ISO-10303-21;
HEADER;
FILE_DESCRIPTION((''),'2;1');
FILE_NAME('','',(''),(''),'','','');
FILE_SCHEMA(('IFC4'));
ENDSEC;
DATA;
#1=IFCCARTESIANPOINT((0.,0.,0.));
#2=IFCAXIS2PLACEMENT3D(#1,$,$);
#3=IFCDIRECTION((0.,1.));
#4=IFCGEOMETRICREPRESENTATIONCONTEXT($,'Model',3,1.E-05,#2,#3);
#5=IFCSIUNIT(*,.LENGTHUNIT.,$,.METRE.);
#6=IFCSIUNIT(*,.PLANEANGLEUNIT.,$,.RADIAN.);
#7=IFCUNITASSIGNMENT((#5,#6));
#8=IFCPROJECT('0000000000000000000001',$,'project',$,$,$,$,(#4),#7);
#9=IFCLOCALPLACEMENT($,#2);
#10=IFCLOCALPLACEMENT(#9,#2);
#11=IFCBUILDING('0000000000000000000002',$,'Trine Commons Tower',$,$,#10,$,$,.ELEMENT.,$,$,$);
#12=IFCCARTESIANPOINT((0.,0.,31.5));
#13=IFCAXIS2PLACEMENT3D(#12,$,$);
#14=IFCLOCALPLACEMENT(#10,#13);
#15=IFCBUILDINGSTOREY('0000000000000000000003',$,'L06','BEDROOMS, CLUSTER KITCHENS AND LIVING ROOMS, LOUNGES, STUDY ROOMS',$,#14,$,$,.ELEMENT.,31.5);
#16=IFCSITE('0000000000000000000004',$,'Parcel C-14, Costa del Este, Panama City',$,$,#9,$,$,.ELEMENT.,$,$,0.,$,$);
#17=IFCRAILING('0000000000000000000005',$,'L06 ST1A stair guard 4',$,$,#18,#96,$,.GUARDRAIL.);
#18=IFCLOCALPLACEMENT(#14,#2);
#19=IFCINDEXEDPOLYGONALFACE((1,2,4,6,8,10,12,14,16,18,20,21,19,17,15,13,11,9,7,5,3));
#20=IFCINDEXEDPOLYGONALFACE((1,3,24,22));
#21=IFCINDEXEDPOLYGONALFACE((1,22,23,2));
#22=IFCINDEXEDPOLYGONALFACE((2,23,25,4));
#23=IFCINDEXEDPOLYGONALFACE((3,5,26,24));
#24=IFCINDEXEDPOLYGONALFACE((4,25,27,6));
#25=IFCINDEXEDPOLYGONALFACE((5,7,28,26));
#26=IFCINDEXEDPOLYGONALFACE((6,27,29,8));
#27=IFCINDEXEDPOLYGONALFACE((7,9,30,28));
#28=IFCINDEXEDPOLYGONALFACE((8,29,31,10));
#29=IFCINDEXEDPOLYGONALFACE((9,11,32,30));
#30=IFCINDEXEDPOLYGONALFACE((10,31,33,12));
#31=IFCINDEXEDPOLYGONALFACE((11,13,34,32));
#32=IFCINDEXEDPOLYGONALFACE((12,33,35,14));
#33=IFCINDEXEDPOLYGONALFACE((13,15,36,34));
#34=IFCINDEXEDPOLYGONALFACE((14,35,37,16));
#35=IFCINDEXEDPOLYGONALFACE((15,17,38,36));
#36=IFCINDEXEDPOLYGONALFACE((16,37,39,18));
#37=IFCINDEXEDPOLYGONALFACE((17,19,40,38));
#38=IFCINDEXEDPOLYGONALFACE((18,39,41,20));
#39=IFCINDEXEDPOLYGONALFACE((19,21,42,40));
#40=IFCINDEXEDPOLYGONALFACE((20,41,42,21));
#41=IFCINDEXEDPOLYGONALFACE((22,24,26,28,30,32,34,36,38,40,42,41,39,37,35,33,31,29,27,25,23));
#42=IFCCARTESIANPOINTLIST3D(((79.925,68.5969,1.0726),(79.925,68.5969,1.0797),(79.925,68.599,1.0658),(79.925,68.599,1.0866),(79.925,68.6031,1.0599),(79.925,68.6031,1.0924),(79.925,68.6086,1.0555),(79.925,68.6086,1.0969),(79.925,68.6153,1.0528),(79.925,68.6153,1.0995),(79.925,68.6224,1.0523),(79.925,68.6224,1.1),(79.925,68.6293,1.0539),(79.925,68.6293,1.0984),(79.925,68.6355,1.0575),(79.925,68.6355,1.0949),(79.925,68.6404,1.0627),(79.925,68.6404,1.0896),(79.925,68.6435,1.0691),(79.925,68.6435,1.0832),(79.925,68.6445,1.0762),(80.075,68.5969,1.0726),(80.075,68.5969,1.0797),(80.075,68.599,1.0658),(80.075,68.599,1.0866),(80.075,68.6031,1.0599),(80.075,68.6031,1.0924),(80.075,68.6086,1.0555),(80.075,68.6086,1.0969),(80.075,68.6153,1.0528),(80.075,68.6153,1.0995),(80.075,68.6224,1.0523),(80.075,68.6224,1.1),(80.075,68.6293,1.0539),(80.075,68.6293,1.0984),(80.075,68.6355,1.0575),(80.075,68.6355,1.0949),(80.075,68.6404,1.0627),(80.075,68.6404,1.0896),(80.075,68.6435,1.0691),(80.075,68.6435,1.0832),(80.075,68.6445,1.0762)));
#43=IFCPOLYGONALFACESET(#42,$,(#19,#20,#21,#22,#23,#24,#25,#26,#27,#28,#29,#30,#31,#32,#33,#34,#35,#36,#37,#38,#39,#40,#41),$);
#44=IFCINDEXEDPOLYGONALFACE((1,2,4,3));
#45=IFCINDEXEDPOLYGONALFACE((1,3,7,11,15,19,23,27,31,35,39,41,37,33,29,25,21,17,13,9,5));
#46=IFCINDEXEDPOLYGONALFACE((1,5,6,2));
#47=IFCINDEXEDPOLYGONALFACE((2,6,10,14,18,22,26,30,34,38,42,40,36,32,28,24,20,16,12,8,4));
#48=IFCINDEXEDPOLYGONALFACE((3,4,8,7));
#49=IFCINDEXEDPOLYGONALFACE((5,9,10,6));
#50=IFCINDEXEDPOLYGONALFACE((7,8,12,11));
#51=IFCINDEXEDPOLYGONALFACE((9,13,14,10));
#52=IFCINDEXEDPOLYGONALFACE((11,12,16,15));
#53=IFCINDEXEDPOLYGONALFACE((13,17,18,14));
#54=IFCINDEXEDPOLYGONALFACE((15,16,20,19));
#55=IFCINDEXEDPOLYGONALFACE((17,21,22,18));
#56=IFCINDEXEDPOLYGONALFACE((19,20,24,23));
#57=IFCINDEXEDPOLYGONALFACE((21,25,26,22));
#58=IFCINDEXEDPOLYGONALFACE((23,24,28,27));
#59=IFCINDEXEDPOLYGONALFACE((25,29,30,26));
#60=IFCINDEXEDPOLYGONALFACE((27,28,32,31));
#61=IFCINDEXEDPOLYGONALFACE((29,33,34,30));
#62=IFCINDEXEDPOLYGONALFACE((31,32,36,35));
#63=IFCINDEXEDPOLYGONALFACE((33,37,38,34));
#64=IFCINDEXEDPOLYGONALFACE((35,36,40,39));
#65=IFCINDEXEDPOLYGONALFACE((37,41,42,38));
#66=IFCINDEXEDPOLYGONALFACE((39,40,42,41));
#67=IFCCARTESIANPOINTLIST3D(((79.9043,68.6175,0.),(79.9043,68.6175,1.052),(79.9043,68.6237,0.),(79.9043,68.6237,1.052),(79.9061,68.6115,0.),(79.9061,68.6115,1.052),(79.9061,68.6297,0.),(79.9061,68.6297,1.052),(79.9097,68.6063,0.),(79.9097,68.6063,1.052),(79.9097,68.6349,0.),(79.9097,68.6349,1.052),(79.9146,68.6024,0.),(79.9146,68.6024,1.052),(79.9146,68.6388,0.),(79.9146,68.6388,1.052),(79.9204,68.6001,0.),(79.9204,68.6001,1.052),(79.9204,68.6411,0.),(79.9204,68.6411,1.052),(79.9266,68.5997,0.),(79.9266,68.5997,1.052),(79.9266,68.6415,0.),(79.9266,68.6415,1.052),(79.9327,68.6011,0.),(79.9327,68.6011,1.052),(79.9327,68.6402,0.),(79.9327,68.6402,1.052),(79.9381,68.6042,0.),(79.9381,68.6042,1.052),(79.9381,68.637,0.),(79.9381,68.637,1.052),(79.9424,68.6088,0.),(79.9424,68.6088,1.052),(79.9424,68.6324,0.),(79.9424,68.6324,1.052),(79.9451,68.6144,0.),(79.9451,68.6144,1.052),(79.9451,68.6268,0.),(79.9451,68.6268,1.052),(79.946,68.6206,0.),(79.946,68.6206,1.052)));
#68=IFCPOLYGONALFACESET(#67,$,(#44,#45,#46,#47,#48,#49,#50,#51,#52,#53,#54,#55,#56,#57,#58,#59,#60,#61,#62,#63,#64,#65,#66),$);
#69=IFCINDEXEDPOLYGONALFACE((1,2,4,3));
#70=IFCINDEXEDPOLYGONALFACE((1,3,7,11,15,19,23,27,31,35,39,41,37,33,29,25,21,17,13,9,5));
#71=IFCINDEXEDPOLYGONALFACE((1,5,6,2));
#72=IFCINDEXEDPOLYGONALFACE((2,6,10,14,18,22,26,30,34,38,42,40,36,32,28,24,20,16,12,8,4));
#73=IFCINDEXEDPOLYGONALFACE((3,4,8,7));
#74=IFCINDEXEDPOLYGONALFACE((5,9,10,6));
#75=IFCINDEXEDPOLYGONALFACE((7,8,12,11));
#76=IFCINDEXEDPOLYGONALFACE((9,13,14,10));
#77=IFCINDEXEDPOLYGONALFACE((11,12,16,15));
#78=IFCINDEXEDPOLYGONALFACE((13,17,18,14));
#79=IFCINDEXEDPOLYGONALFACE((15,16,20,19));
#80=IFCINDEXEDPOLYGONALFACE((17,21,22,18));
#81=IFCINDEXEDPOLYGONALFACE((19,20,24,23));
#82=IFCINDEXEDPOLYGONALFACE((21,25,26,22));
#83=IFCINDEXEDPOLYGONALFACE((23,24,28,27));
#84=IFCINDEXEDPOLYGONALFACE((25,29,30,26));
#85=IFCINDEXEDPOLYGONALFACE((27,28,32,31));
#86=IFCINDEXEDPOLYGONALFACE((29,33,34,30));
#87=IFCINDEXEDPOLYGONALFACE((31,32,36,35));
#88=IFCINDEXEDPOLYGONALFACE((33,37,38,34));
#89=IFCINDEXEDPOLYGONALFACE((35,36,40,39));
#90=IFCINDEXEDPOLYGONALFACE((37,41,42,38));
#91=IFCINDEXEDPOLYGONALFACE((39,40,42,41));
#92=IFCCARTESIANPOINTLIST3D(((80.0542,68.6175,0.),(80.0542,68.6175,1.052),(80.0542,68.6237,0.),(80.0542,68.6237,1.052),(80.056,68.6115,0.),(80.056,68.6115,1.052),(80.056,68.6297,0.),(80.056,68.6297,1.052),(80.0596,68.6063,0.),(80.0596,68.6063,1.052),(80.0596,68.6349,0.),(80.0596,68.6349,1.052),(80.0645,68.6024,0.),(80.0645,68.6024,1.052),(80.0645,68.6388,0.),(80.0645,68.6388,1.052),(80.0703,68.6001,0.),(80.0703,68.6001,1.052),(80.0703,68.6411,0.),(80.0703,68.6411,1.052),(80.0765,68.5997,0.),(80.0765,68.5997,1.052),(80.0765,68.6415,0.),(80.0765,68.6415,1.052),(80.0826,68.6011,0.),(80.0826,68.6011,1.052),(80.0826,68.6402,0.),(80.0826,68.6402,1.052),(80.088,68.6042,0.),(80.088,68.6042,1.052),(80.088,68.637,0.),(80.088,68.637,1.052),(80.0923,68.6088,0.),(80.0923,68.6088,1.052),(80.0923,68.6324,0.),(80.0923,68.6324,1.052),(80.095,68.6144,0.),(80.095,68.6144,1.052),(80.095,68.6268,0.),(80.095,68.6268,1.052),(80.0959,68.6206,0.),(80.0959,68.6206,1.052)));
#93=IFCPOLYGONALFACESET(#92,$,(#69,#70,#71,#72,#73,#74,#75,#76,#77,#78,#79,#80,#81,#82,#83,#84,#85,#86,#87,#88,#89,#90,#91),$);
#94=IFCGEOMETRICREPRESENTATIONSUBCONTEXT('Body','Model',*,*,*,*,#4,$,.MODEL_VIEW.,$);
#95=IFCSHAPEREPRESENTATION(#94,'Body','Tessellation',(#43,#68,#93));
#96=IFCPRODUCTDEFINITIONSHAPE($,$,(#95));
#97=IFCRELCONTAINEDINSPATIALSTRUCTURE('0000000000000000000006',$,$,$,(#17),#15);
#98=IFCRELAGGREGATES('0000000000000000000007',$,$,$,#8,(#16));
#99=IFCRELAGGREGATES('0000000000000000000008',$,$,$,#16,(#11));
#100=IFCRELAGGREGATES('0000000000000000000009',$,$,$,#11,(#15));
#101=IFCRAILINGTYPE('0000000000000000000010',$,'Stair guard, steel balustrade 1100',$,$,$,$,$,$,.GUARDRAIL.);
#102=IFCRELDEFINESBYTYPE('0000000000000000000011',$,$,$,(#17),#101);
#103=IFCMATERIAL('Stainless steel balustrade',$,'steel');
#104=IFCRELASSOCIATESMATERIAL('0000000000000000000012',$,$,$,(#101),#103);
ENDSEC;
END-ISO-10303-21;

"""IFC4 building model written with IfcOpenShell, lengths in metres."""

from ifc_helpers import new_model, si_unit, direction, frame, origin, origin_2d, place, context, subcontext, project, spatial, circle, extrude, material, type_object, element, save


model = new_model("IFC4")

# Units and contexts
model_context = context("Model", 3, precision=1e-05, world=origin(), true_north=direction((0.0, 1.0)))
body_context = subcontext(model_context, "Body", "Model", "MODEL_VIEW")
ifc_project = project(units=[si_unit("LENGTHUNIT", "METRE"), si_unit("PLANEANGLEUNIT", "RADIAN")], contexts=[model_context])

# Site, building, storey
site_placement = place(None, origin())
site = spatial("IfcSite", under=ifc_project, at=site_placement, Name="Parcel C-14, Costa del Este, Panama City", CompositionType="ELEMENT", RefElevation=0.0)
building_placement = place(site_placement, origin())
building = spatial("IfcBuilding", under=site, at=building_placement, Name="Trine Commons Tower", CompositionType="ELEMENT")
storey_placement = place(building_placement, frame((0.0, 0.0, 31.5)))
storey = spatial("IfcBuildingStorey", under=building, at=storey_placement, Name="L06", Description="BEDROOMS, CLUSTER KITCHENS AND LIVING ROOMS, LOUNGES, STUDY ROOMS", CompositionType="ELEMENT", Elevation=31.5)

# Railing
ifc_material_1 = material(Name="Stainless steel balustrade", Category="steel")
railing_type = type_object("IfcRailingType", Name="Stair guard, steel balustrade 1100", PredefinedType="GUARDRAIL", material=ifc_material_1)
railing_1_placement = place(storey_placement, frame((79.925, 68.6206, 0.0)))
element("IfcRailing", 1, at=railing_1_placement, inside=storey, type_object=railing_type, Name="L06 ST1A stair guard 4", PredefinedType="GUARDRAIL", context=body_context, shape_type="SweptSolid", body=[
    extrude(circle(Radius=0.0239, at=origin_2d()), frame((0.0, 0.0, 1.0762), z_axis=(1.0, 0.0, 0.0), x_axis=(0.0, 1.0, 0.0)), (0.0, 0.0, 1.0), 0.1499),
    extrude(circle(Radius=0.021, at=origin_2d()), origin(), (0.0, 0.0, 1.0), 1.052),
    extrude(circle(Radius=0.021, at=origin_2d()), frame((0.1499, 0.0, 0.0)), (0.0, 0.0, 1.0), 1.052),
])

save(model, "model.ifc")
